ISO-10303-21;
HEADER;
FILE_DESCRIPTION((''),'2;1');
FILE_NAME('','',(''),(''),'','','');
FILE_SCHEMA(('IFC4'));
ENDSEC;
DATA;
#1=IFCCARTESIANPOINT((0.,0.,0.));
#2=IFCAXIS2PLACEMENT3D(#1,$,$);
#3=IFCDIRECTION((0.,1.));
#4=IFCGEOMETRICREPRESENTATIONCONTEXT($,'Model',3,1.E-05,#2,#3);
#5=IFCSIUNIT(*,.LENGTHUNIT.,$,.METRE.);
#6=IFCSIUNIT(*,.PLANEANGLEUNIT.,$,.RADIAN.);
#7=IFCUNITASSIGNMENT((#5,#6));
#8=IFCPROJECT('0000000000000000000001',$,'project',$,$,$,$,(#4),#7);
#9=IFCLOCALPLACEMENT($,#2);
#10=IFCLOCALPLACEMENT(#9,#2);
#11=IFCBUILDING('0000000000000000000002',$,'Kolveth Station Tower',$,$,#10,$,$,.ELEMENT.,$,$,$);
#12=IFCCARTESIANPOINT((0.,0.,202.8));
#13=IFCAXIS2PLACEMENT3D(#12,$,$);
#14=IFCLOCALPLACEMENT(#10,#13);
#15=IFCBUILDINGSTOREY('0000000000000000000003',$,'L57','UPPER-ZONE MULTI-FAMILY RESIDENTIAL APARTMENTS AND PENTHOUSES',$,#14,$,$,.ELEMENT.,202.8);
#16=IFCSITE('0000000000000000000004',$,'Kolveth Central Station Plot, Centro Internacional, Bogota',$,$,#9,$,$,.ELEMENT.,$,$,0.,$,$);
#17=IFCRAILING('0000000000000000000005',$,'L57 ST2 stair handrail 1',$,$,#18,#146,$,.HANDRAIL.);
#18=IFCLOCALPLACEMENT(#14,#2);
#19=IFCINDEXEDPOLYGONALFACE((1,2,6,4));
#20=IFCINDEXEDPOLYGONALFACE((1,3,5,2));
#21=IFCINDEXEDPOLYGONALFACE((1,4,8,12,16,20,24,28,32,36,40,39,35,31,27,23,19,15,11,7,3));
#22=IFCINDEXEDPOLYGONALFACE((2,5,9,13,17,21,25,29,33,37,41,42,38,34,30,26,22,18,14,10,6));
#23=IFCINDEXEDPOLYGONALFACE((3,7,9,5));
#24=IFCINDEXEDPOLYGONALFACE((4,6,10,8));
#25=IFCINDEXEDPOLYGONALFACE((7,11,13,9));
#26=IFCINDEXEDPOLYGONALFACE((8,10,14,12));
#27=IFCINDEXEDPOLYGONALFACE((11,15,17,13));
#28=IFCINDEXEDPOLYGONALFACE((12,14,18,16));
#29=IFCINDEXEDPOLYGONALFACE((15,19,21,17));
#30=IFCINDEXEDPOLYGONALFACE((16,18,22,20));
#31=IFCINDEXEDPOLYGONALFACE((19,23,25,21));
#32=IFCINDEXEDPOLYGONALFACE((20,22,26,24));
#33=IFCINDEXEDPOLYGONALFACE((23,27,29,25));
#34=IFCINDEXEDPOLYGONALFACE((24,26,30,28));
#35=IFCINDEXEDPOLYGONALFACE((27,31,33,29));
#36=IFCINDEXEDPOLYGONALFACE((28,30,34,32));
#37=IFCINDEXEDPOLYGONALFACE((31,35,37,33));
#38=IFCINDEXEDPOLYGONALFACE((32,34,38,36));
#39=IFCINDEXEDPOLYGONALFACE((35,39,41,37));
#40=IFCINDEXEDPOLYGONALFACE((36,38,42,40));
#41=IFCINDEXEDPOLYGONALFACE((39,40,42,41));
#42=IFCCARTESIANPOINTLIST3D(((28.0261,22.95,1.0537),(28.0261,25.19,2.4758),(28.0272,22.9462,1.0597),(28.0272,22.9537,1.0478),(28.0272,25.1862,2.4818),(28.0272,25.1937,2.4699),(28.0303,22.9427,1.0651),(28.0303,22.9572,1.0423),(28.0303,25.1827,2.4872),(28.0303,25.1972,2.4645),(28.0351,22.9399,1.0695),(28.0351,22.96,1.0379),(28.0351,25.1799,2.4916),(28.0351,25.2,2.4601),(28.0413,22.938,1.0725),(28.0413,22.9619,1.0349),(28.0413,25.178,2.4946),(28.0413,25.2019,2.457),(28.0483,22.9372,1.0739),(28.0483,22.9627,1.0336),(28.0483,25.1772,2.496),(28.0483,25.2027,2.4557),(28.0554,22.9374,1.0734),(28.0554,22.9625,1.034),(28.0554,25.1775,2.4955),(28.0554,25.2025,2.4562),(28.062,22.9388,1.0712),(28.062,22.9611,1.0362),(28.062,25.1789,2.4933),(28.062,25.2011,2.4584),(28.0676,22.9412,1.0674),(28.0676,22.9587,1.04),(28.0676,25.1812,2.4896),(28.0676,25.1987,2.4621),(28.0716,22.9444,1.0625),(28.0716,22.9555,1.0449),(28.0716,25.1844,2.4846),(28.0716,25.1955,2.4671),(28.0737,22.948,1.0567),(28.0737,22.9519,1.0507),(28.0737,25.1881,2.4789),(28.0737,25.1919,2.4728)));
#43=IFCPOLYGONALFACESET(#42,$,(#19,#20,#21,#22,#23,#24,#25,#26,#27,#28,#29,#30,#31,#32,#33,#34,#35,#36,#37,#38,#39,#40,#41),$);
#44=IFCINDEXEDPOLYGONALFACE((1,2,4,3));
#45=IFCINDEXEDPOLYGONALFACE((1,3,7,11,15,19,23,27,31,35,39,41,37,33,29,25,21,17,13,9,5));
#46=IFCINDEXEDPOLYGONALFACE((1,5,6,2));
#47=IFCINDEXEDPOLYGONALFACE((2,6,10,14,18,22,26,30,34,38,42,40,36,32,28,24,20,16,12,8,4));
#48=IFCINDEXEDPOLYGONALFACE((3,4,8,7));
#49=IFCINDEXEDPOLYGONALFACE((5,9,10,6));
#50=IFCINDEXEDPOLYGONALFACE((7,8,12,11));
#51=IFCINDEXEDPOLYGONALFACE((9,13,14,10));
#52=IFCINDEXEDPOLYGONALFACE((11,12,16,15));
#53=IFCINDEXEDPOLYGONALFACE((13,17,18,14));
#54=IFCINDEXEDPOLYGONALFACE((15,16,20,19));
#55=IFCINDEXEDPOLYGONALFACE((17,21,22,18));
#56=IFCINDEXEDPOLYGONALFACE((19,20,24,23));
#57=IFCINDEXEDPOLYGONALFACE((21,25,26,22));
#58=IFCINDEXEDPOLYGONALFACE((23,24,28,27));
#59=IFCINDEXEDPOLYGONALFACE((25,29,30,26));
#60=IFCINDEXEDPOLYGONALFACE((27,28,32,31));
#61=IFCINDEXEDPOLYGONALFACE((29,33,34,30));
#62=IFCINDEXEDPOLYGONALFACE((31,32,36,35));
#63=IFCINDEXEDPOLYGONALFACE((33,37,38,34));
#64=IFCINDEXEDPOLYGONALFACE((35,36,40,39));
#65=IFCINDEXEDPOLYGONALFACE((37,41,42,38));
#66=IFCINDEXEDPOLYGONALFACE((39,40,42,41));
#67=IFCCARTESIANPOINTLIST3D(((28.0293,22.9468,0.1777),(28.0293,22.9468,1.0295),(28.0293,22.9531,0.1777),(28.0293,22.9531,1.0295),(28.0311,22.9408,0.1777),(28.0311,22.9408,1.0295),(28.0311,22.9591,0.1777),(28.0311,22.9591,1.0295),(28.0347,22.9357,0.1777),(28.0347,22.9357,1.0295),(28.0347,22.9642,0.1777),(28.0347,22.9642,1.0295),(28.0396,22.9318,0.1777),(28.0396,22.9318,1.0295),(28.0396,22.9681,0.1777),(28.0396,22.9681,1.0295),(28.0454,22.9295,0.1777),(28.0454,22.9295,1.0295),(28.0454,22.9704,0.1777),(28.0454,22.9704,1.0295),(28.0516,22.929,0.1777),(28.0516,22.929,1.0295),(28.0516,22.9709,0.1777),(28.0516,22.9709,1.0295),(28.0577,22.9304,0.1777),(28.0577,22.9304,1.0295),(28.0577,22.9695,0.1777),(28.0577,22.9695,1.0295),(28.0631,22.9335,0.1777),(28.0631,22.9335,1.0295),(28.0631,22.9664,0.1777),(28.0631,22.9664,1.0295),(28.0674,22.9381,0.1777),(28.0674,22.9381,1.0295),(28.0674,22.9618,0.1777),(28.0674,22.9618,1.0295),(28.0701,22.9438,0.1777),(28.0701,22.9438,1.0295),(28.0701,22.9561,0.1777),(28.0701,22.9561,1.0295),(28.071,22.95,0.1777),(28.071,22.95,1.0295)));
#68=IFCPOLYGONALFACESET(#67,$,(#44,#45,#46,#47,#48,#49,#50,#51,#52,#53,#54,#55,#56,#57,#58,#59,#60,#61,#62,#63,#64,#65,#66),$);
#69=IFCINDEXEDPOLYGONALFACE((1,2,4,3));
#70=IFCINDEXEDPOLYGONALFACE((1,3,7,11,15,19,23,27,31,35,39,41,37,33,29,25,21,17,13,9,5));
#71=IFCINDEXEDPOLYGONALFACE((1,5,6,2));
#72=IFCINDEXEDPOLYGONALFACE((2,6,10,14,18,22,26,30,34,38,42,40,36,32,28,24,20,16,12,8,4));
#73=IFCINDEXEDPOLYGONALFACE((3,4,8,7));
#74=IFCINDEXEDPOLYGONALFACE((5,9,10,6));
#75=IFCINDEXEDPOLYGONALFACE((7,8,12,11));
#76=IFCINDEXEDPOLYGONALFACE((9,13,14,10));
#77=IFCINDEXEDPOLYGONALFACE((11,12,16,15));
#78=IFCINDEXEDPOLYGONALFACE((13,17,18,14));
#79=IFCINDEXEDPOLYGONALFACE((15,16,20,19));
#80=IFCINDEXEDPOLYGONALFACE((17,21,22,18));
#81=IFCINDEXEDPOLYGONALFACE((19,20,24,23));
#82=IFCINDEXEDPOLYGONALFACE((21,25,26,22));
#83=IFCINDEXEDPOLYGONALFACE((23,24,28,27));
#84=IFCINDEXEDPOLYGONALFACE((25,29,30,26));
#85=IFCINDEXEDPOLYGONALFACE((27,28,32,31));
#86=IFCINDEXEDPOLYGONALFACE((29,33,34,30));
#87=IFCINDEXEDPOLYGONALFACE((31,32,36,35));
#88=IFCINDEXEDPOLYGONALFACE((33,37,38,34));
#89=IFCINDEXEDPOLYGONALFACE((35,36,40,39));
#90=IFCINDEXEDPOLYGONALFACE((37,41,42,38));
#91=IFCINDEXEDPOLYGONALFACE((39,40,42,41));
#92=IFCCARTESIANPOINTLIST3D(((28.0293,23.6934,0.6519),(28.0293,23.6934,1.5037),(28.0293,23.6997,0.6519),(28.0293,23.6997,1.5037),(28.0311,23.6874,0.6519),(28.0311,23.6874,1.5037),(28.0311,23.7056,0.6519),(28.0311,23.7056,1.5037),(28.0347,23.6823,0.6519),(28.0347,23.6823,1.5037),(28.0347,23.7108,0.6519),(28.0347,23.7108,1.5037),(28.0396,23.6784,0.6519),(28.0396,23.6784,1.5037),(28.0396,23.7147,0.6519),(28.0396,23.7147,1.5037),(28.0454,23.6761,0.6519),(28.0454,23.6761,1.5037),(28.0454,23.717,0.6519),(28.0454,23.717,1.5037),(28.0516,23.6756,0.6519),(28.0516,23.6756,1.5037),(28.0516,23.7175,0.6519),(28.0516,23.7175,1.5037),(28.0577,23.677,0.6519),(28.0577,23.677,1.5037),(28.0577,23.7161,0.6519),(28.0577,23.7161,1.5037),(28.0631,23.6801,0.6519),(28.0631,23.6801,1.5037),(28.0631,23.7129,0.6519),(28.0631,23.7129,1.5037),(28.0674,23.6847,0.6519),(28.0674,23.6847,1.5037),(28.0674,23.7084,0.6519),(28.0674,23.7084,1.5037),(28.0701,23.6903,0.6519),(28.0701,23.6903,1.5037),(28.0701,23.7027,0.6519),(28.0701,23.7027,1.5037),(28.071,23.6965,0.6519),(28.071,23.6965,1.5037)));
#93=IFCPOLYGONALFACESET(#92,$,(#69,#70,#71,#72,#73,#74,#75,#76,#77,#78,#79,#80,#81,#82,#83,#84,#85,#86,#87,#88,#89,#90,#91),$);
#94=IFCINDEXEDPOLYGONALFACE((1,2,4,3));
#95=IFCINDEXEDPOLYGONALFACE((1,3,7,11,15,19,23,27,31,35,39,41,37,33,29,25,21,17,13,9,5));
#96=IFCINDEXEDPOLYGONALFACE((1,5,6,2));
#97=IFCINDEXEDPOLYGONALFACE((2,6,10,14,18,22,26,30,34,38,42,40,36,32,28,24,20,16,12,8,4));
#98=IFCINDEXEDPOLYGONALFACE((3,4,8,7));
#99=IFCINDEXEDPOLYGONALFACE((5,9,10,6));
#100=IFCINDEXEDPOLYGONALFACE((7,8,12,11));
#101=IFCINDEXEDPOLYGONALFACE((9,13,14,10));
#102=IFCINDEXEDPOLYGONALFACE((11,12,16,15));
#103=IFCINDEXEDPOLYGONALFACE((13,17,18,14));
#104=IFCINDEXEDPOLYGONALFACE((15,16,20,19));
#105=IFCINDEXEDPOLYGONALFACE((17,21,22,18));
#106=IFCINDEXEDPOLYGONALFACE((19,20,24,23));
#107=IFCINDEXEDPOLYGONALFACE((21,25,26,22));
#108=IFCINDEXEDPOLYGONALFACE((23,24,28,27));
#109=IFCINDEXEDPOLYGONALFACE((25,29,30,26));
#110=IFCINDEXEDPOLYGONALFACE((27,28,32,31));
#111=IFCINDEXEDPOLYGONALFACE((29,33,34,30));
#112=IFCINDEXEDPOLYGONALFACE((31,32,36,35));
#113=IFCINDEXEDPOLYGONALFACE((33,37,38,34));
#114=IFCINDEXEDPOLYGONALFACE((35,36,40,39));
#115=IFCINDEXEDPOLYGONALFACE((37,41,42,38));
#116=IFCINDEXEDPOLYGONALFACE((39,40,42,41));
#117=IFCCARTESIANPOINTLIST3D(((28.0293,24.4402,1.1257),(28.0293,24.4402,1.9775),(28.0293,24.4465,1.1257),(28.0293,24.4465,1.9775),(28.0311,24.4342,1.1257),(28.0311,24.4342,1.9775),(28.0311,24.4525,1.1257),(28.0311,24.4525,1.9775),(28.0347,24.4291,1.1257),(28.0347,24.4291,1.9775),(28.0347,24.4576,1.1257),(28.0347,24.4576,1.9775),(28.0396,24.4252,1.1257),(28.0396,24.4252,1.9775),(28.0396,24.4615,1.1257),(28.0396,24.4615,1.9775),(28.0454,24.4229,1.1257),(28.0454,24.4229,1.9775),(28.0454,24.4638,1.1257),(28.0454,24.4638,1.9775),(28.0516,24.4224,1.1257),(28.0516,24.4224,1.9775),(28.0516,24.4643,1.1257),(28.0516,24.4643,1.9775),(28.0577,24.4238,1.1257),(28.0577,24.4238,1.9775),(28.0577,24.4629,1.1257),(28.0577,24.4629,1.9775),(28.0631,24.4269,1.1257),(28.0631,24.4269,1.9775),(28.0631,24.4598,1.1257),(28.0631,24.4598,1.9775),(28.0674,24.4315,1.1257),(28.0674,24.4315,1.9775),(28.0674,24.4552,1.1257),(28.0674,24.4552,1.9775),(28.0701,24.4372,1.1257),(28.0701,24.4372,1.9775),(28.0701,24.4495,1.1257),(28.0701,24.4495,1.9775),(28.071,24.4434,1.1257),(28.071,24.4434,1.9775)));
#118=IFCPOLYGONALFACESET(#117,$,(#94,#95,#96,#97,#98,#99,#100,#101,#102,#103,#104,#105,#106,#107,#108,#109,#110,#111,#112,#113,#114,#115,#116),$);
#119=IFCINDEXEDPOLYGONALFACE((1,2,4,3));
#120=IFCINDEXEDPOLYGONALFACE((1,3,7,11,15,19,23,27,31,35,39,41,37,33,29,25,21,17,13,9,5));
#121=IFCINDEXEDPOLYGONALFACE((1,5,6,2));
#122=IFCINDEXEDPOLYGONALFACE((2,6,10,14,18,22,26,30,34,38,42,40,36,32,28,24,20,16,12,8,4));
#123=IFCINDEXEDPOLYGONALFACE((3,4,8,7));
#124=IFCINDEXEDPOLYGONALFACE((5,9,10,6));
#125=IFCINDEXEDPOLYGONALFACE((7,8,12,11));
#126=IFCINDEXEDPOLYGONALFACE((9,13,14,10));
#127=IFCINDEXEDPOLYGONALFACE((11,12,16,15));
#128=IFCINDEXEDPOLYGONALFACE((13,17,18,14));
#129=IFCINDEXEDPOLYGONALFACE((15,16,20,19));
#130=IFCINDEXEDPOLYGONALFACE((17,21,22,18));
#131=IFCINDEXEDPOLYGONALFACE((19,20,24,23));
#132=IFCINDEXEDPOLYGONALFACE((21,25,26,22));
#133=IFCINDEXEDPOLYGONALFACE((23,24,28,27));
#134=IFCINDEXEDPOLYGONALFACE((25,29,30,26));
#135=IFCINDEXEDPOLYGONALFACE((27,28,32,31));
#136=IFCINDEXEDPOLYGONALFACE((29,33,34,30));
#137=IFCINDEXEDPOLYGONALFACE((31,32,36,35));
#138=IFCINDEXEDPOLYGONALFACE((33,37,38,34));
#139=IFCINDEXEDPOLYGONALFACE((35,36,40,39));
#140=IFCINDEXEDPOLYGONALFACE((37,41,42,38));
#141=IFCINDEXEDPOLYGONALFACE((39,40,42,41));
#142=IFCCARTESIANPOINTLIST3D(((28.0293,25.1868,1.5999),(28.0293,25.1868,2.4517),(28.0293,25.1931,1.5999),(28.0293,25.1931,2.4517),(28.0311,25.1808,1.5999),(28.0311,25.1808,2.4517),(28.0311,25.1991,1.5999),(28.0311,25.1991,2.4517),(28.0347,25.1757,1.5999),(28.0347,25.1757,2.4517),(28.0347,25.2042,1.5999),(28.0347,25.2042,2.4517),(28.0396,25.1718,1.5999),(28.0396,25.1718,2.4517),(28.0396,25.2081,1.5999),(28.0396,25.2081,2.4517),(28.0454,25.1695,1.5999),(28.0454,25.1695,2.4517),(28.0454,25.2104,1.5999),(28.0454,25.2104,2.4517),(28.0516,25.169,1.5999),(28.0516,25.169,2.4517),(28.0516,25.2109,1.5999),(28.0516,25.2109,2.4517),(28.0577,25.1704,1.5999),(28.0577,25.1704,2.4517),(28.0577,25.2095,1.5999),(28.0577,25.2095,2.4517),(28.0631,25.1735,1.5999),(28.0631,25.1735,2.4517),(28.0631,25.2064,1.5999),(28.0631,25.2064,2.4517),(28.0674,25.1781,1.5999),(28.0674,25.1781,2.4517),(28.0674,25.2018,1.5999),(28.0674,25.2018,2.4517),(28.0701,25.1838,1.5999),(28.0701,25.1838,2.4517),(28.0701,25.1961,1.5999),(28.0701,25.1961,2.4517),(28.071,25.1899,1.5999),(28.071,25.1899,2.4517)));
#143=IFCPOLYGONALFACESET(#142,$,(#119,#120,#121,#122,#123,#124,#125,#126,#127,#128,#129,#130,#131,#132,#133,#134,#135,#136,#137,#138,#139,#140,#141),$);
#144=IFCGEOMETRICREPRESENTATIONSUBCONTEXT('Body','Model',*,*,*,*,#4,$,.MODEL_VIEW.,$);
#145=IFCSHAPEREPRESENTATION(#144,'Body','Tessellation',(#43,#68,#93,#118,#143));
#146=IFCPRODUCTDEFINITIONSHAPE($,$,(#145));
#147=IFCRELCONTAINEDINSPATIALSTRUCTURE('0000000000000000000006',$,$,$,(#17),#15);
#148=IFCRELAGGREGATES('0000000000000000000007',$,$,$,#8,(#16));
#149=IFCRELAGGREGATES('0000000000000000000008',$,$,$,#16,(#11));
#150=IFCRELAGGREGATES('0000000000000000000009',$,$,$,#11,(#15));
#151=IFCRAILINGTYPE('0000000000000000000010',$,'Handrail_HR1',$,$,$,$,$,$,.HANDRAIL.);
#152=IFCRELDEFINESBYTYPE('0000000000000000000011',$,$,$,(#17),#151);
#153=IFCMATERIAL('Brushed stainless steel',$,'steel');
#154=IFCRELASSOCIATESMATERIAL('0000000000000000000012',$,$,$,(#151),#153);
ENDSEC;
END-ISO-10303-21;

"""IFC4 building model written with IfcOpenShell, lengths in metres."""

from ifc_helpers import new_model, si_unit, direction, frame, origin, origin_2d, place, context, subcontext, project, spatial, circle, extrude, material, type_object, element, save


model = new_model("IFC4")

# Units and contexts
model_context = context("Model", 3, precision=1e-05, world=origin(), true_north=direction((0.0, 1.0)))
body_context = subcontext(model_context, "Body", "Model", "MODEL_VIEW")
ifc_project = project(units=[si_unit("LENGTHUNIT", "METRE"), si_unit("PLANEANGLEUNIT", "RADIAN")], contexts=[model_context])

# Site, building, storey
site_placement = place(None, origin())
site = spatial("IfcSite", under=ifc_project, at=site_placement, Name="Kolveth Central Station Plot, Centro Internacional, Bogota", CompositionType="ELEMENT", RefElevation=0.0)
building_placement = place(site_placement, origin())
building = spatial("IfcBuilding", under=site, at=building_placement, Name="Kolveth Station Tower", CompositionType="ELEMENT")
storey_placement = place(building_placement, frame((0.0, 0.0, 202.8)))
storey = spatial("IfcBuildingStorey", under=building, at=storey_placement, Name="L57", Description="UPPER-ZONE MULTI-FAMILY RESIDENTIAL APARTMENTS AND PENTHOUSES", CompositionType="ELEMENT", Elevation=202.8)

# Railing
ifc_material_1 = material(Name="Brushed stainless steel", Category="steel")
railing_type_1 = type_object("IfcRailingType", Name="Handrail_HR1", PredefinedType="HANDRAIL", material=ifc_material_1)
for number, where, name in (
    (1, (28.05, 22.95, 0.1777), "L57 ST2 stair handrail 1"),
):
    element("IfcRailing", number, at=place(storey_placement, frame(where)), inside=storey, type_object=railing_type_1, Name=name, PredefinedType="HANDRAIL", context=body_context, shape_type="SweptSolid", body=[
        extrude(circle(Radius=0.0239, at=origin_2d()), frame((0.0, 0.0, 0.876), z_axis=(0.0, 0.844229, 0.535982), x_axis=(-1.0, 0.0, 0.0)), (0.0, 0.0, 1.0), 2.6533),
        extrude(circle(Radius=0.021, at=origin_2d()), origin(), (0.0, 0.0, 1.0), 0.8518),
        extrude(circle(Radius=0.021, at=origin_2d()), frame((0.0, 0.7466, 0.4741)), (0.0, 0.0, 1.0), 0.8518),
        extrude(circle(Radius=0.021, at=origin_2d()), frame((0.0, 1.4934, 0.948)), (0.0, 0.0, 1.0), 0.8518),
        extrude(circle(Radius=0.021, at=origin_2d()), frame((0.0, 2.24, 1.4221)), (0.0, 0.0, 1.0), 0.8518),
    ])

save(model, "model.ifc")
